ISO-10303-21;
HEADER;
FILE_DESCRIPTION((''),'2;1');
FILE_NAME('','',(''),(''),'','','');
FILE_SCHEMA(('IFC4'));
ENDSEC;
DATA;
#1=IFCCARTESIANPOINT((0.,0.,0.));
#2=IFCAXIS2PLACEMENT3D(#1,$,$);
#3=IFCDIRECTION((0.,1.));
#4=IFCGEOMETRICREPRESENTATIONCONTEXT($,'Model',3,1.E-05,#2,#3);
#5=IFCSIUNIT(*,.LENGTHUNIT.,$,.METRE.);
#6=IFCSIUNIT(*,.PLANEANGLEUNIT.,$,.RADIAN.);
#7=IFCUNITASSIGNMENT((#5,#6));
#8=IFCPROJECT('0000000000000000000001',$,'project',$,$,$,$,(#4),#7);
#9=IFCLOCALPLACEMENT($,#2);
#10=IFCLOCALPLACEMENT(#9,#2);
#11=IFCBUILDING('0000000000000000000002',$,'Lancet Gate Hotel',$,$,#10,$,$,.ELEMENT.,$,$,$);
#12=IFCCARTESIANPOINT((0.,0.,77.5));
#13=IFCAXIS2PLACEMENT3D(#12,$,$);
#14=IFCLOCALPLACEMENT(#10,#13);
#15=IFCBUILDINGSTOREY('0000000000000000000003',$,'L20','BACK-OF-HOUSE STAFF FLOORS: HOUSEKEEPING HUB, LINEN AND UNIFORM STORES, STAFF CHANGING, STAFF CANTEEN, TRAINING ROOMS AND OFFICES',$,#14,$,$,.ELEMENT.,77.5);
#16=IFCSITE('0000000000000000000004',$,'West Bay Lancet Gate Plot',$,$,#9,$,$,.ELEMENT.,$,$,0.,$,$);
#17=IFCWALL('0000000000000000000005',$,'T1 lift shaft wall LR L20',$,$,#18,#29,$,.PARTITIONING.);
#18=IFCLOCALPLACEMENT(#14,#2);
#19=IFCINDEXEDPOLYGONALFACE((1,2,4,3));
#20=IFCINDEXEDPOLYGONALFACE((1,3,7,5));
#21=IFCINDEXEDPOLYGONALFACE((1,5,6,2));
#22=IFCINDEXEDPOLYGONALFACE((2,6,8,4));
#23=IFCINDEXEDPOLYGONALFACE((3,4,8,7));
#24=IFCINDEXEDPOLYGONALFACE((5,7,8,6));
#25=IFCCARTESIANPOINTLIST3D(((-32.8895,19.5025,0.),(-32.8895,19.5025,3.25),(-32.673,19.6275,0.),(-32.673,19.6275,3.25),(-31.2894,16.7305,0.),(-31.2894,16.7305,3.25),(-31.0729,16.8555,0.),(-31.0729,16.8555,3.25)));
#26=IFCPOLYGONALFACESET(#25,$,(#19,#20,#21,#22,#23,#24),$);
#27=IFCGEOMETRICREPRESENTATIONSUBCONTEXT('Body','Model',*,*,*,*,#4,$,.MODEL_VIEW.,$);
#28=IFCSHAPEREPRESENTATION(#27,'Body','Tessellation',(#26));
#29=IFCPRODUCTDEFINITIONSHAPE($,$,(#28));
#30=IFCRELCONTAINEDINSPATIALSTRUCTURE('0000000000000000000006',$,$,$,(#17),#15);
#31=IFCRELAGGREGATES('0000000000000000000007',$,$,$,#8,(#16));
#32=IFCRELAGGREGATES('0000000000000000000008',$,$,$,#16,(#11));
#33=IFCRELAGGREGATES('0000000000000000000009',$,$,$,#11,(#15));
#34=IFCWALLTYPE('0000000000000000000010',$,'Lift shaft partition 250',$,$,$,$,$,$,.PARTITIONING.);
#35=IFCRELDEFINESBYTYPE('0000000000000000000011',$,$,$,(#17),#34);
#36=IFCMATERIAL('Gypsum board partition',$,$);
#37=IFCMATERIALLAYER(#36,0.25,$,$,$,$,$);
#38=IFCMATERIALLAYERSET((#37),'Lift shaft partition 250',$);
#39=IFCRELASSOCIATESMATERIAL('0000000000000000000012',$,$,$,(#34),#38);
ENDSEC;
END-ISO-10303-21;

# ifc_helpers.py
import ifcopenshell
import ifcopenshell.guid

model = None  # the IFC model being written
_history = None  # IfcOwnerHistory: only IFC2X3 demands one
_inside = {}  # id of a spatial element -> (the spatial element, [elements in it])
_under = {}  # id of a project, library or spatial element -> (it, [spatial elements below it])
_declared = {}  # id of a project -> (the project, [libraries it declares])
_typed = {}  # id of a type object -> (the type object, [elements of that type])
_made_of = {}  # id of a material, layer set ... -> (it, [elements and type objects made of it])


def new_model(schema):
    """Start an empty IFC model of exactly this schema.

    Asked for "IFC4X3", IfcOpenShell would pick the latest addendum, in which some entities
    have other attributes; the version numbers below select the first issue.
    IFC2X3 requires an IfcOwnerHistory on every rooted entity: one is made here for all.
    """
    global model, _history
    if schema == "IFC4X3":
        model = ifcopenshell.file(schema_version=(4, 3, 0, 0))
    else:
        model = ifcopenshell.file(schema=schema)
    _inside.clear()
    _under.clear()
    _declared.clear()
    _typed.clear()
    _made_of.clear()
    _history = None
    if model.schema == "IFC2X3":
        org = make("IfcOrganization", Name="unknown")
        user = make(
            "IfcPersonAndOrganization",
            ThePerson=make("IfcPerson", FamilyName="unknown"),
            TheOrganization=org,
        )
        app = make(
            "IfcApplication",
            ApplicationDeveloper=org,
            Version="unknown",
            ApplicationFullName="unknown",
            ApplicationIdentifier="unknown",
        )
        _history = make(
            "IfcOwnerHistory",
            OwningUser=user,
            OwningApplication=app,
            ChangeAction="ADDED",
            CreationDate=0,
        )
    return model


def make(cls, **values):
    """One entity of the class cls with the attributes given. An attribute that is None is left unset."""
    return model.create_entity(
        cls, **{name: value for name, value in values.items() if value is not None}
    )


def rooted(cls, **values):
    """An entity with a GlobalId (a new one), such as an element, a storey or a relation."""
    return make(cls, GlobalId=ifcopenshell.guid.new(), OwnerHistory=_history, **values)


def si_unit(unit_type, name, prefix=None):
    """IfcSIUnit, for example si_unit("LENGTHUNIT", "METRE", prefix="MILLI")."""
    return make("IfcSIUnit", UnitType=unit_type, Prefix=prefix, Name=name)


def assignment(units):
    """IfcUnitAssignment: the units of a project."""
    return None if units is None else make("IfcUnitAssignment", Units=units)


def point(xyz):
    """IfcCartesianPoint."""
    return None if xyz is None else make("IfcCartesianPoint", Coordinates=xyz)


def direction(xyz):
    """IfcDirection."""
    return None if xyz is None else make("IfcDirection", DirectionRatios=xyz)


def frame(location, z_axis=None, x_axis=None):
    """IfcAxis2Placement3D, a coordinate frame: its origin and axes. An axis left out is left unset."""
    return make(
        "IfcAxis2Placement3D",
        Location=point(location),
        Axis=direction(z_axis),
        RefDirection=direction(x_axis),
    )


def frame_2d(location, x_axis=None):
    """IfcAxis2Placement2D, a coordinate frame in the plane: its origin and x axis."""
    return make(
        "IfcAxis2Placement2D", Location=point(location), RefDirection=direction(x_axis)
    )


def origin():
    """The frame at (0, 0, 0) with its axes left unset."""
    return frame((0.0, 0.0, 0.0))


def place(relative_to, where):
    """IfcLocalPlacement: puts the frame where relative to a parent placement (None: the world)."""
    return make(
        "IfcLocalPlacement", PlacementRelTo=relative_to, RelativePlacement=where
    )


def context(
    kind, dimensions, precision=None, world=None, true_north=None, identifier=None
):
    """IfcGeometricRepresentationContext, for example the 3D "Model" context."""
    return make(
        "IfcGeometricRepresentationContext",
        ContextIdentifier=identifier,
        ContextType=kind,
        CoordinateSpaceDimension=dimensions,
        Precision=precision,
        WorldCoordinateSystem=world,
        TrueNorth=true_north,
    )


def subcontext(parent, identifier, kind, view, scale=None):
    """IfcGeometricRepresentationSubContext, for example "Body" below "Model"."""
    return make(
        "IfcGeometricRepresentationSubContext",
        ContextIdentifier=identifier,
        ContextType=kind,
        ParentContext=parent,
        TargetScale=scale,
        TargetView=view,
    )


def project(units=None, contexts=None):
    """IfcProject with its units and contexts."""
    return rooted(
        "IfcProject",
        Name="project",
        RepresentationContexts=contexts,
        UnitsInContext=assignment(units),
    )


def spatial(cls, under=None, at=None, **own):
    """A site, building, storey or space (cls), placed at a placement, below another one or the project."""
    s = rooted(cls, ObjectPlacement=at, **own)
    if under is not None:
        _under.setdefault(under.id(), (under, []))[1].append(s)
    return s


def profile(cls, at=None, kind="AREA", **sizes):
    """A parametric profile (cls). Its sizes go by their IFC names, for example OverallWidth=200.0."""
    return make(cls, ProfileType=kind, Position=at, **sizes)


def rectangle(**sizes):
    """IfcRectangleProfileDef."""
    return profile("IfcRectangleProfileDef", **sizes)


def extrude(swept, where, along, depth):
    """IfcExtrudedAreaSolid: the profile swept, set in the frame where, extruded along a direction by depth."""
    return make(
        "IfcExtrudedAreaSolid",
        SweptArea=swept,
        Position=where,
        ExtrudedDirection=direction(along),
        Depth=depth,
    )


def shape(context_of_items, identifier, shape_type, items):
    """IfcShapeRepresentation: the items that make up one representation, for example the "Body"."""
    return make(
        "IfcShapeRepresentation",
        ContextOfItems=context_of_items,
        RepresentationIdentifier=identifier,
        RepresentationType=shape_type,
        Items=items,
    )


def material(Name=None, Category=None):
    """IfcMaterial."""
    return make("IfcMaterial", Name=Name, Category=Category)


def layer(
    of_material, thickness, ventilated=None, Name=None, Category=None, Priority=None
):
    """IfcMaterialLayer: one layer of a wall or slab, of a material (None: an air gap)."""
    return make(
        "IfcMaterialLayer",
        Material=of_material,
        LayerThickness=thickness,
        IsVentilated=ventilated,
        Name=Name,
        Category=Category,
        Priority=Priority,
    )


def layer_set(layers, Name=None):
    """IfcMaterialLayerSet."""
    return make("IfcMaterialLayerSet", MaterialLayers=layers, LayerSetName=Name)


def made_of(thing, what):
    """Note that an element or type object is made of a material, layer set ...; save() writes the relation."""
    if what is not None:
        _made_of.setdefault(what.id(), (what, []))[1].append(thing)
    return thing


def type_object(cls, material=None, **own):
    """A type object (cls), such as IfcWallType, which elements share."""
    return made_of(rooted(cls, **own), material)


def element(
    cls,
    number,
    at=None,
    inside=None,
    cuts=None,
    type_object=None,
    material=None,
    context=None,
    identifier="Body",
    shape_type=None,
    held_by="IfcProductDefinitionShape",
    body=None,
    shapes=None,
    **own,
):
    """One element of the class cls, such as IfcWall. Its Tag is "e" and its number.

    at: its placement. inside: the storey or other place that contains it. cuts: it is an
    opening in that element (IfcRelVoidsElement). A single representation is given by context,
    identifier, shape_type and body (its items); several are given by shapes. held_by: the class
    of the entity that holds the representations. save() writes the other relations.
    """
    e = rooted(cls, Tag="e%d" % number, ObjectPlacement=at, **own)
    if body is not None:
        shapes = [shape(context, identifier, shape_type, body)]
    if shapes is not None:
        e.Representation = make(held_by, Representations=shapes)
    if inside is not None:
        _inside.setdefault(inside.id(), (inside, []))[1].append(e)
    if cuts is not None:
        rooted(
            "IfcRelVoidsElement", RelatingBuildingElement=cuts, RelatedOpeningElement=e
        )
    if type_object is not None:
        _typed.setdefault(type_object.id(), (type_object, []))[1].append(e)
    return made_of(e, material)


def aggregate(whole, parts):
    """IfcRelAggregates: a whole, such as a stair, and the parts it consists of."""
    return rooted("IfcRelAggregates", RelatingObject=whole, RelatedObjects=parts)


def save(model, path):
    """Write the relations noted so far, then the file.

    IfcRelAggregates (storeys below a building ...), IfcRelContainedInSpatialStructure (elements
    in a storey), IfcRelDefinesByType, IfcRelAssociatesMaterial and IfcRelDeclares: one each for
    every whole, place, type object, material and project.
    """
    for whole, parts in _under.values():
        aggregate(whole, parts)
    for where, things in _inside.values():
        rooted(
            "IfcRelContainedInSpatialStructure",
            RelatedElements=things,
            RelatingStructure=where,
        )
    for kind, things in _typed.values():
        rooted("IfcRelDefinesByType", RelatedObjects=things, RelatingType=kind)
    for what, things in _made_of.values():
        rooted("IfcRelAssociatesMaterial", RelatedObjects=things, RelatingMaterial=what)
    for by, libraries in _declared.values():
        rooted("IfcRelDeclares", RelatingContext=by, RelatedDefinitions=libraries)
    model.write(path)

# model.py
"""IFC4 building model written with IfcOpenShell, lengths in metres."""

from ifc_helpers import new_model, si_unit, direction, frame, frame_2d, origin, place, context, subcontext, project, spatial, rectangle, extrude, material, layer, layer_set, type_object, element, save


model = new_model("IFC4")

# Units and contexts
model_context = context("Model", 3, precision=1e-05, world=origin(), true_north=direction((0.0, 1.0)))
body_context = subcontext(model_context, "Body", "Model", "MODEL_VIEW")
ifc_project = project(units=[si_unit("LENGTHUNIT", "METRE"), si_unit("PLANEANGLEUNIT", "RADIAN")], contexts=[model_context])

# Site, building, storey
site_placement = place(None, origin())
site = spatial("IfcSite", under=ifc_project, at=site_placement, Name="West Bay Lancet Gate Plot", CompositionType="ELEMENT", RefElevation=0.0)
building_placement = place(site_placement, origin())
building = spatial("IfcBuilding", under=site, at=building_placement, Name="Lancet Gate Hotel", CompositionType="ELEMENT")
storey_placement = place(building_placement, frame((0.0, 0.0, 77.5)))
storey = spatial("IfcBuildingStorey", under=building, at=storey_placement, Name="L20", Description="BACK-OF-HOUSE STAFF FLOORS: HOUSEKEEPING HUB, LINEN AND UNIFORM STORES, STAFF CHANGING, STAFF CANTEEN, TRAINING ROOMS AND OFFICES", CompositionType="ELEMENT", Elevation=77.5)

# Wall
ifc_material_1 = material(Name="Gypsum board partition")
ifc_layer_1 = layer(ifc_material_1, 0.25)
ifc_layer_set_1 = layer_set([ifc_layer_1], Name="Lift shaft partition 250")
wall_type_1 = type_object("IfcWallType", Name="Lift shaft partition 250", PredefinedType="PARTITIONING", material=ifc_layer_set_1)
wall_1_placement = place(storey_placement, frame((-31.1812, 16.793, 0.0), z_axis=(0.0, 0.0, 1.0), x_axis=(-0.499929, 0.866066, 0.0)))
element("IfcWall", 1, at=wall_1_placement, inside=storey, type_object=wall_type_1, Name="T1 lift shaft wall LR L20", PredefinedType="PARTITIONING", context=body_context, shape_type="SweptSolid", body=[
    extrude(rectangle(XDim=3.2007, YDim=0.25, at=frame_2d((1.6003, 0.0))), origin(), (0.0, 0.0, 1.0), 3.25),
])

save(model, "model.ifc")
